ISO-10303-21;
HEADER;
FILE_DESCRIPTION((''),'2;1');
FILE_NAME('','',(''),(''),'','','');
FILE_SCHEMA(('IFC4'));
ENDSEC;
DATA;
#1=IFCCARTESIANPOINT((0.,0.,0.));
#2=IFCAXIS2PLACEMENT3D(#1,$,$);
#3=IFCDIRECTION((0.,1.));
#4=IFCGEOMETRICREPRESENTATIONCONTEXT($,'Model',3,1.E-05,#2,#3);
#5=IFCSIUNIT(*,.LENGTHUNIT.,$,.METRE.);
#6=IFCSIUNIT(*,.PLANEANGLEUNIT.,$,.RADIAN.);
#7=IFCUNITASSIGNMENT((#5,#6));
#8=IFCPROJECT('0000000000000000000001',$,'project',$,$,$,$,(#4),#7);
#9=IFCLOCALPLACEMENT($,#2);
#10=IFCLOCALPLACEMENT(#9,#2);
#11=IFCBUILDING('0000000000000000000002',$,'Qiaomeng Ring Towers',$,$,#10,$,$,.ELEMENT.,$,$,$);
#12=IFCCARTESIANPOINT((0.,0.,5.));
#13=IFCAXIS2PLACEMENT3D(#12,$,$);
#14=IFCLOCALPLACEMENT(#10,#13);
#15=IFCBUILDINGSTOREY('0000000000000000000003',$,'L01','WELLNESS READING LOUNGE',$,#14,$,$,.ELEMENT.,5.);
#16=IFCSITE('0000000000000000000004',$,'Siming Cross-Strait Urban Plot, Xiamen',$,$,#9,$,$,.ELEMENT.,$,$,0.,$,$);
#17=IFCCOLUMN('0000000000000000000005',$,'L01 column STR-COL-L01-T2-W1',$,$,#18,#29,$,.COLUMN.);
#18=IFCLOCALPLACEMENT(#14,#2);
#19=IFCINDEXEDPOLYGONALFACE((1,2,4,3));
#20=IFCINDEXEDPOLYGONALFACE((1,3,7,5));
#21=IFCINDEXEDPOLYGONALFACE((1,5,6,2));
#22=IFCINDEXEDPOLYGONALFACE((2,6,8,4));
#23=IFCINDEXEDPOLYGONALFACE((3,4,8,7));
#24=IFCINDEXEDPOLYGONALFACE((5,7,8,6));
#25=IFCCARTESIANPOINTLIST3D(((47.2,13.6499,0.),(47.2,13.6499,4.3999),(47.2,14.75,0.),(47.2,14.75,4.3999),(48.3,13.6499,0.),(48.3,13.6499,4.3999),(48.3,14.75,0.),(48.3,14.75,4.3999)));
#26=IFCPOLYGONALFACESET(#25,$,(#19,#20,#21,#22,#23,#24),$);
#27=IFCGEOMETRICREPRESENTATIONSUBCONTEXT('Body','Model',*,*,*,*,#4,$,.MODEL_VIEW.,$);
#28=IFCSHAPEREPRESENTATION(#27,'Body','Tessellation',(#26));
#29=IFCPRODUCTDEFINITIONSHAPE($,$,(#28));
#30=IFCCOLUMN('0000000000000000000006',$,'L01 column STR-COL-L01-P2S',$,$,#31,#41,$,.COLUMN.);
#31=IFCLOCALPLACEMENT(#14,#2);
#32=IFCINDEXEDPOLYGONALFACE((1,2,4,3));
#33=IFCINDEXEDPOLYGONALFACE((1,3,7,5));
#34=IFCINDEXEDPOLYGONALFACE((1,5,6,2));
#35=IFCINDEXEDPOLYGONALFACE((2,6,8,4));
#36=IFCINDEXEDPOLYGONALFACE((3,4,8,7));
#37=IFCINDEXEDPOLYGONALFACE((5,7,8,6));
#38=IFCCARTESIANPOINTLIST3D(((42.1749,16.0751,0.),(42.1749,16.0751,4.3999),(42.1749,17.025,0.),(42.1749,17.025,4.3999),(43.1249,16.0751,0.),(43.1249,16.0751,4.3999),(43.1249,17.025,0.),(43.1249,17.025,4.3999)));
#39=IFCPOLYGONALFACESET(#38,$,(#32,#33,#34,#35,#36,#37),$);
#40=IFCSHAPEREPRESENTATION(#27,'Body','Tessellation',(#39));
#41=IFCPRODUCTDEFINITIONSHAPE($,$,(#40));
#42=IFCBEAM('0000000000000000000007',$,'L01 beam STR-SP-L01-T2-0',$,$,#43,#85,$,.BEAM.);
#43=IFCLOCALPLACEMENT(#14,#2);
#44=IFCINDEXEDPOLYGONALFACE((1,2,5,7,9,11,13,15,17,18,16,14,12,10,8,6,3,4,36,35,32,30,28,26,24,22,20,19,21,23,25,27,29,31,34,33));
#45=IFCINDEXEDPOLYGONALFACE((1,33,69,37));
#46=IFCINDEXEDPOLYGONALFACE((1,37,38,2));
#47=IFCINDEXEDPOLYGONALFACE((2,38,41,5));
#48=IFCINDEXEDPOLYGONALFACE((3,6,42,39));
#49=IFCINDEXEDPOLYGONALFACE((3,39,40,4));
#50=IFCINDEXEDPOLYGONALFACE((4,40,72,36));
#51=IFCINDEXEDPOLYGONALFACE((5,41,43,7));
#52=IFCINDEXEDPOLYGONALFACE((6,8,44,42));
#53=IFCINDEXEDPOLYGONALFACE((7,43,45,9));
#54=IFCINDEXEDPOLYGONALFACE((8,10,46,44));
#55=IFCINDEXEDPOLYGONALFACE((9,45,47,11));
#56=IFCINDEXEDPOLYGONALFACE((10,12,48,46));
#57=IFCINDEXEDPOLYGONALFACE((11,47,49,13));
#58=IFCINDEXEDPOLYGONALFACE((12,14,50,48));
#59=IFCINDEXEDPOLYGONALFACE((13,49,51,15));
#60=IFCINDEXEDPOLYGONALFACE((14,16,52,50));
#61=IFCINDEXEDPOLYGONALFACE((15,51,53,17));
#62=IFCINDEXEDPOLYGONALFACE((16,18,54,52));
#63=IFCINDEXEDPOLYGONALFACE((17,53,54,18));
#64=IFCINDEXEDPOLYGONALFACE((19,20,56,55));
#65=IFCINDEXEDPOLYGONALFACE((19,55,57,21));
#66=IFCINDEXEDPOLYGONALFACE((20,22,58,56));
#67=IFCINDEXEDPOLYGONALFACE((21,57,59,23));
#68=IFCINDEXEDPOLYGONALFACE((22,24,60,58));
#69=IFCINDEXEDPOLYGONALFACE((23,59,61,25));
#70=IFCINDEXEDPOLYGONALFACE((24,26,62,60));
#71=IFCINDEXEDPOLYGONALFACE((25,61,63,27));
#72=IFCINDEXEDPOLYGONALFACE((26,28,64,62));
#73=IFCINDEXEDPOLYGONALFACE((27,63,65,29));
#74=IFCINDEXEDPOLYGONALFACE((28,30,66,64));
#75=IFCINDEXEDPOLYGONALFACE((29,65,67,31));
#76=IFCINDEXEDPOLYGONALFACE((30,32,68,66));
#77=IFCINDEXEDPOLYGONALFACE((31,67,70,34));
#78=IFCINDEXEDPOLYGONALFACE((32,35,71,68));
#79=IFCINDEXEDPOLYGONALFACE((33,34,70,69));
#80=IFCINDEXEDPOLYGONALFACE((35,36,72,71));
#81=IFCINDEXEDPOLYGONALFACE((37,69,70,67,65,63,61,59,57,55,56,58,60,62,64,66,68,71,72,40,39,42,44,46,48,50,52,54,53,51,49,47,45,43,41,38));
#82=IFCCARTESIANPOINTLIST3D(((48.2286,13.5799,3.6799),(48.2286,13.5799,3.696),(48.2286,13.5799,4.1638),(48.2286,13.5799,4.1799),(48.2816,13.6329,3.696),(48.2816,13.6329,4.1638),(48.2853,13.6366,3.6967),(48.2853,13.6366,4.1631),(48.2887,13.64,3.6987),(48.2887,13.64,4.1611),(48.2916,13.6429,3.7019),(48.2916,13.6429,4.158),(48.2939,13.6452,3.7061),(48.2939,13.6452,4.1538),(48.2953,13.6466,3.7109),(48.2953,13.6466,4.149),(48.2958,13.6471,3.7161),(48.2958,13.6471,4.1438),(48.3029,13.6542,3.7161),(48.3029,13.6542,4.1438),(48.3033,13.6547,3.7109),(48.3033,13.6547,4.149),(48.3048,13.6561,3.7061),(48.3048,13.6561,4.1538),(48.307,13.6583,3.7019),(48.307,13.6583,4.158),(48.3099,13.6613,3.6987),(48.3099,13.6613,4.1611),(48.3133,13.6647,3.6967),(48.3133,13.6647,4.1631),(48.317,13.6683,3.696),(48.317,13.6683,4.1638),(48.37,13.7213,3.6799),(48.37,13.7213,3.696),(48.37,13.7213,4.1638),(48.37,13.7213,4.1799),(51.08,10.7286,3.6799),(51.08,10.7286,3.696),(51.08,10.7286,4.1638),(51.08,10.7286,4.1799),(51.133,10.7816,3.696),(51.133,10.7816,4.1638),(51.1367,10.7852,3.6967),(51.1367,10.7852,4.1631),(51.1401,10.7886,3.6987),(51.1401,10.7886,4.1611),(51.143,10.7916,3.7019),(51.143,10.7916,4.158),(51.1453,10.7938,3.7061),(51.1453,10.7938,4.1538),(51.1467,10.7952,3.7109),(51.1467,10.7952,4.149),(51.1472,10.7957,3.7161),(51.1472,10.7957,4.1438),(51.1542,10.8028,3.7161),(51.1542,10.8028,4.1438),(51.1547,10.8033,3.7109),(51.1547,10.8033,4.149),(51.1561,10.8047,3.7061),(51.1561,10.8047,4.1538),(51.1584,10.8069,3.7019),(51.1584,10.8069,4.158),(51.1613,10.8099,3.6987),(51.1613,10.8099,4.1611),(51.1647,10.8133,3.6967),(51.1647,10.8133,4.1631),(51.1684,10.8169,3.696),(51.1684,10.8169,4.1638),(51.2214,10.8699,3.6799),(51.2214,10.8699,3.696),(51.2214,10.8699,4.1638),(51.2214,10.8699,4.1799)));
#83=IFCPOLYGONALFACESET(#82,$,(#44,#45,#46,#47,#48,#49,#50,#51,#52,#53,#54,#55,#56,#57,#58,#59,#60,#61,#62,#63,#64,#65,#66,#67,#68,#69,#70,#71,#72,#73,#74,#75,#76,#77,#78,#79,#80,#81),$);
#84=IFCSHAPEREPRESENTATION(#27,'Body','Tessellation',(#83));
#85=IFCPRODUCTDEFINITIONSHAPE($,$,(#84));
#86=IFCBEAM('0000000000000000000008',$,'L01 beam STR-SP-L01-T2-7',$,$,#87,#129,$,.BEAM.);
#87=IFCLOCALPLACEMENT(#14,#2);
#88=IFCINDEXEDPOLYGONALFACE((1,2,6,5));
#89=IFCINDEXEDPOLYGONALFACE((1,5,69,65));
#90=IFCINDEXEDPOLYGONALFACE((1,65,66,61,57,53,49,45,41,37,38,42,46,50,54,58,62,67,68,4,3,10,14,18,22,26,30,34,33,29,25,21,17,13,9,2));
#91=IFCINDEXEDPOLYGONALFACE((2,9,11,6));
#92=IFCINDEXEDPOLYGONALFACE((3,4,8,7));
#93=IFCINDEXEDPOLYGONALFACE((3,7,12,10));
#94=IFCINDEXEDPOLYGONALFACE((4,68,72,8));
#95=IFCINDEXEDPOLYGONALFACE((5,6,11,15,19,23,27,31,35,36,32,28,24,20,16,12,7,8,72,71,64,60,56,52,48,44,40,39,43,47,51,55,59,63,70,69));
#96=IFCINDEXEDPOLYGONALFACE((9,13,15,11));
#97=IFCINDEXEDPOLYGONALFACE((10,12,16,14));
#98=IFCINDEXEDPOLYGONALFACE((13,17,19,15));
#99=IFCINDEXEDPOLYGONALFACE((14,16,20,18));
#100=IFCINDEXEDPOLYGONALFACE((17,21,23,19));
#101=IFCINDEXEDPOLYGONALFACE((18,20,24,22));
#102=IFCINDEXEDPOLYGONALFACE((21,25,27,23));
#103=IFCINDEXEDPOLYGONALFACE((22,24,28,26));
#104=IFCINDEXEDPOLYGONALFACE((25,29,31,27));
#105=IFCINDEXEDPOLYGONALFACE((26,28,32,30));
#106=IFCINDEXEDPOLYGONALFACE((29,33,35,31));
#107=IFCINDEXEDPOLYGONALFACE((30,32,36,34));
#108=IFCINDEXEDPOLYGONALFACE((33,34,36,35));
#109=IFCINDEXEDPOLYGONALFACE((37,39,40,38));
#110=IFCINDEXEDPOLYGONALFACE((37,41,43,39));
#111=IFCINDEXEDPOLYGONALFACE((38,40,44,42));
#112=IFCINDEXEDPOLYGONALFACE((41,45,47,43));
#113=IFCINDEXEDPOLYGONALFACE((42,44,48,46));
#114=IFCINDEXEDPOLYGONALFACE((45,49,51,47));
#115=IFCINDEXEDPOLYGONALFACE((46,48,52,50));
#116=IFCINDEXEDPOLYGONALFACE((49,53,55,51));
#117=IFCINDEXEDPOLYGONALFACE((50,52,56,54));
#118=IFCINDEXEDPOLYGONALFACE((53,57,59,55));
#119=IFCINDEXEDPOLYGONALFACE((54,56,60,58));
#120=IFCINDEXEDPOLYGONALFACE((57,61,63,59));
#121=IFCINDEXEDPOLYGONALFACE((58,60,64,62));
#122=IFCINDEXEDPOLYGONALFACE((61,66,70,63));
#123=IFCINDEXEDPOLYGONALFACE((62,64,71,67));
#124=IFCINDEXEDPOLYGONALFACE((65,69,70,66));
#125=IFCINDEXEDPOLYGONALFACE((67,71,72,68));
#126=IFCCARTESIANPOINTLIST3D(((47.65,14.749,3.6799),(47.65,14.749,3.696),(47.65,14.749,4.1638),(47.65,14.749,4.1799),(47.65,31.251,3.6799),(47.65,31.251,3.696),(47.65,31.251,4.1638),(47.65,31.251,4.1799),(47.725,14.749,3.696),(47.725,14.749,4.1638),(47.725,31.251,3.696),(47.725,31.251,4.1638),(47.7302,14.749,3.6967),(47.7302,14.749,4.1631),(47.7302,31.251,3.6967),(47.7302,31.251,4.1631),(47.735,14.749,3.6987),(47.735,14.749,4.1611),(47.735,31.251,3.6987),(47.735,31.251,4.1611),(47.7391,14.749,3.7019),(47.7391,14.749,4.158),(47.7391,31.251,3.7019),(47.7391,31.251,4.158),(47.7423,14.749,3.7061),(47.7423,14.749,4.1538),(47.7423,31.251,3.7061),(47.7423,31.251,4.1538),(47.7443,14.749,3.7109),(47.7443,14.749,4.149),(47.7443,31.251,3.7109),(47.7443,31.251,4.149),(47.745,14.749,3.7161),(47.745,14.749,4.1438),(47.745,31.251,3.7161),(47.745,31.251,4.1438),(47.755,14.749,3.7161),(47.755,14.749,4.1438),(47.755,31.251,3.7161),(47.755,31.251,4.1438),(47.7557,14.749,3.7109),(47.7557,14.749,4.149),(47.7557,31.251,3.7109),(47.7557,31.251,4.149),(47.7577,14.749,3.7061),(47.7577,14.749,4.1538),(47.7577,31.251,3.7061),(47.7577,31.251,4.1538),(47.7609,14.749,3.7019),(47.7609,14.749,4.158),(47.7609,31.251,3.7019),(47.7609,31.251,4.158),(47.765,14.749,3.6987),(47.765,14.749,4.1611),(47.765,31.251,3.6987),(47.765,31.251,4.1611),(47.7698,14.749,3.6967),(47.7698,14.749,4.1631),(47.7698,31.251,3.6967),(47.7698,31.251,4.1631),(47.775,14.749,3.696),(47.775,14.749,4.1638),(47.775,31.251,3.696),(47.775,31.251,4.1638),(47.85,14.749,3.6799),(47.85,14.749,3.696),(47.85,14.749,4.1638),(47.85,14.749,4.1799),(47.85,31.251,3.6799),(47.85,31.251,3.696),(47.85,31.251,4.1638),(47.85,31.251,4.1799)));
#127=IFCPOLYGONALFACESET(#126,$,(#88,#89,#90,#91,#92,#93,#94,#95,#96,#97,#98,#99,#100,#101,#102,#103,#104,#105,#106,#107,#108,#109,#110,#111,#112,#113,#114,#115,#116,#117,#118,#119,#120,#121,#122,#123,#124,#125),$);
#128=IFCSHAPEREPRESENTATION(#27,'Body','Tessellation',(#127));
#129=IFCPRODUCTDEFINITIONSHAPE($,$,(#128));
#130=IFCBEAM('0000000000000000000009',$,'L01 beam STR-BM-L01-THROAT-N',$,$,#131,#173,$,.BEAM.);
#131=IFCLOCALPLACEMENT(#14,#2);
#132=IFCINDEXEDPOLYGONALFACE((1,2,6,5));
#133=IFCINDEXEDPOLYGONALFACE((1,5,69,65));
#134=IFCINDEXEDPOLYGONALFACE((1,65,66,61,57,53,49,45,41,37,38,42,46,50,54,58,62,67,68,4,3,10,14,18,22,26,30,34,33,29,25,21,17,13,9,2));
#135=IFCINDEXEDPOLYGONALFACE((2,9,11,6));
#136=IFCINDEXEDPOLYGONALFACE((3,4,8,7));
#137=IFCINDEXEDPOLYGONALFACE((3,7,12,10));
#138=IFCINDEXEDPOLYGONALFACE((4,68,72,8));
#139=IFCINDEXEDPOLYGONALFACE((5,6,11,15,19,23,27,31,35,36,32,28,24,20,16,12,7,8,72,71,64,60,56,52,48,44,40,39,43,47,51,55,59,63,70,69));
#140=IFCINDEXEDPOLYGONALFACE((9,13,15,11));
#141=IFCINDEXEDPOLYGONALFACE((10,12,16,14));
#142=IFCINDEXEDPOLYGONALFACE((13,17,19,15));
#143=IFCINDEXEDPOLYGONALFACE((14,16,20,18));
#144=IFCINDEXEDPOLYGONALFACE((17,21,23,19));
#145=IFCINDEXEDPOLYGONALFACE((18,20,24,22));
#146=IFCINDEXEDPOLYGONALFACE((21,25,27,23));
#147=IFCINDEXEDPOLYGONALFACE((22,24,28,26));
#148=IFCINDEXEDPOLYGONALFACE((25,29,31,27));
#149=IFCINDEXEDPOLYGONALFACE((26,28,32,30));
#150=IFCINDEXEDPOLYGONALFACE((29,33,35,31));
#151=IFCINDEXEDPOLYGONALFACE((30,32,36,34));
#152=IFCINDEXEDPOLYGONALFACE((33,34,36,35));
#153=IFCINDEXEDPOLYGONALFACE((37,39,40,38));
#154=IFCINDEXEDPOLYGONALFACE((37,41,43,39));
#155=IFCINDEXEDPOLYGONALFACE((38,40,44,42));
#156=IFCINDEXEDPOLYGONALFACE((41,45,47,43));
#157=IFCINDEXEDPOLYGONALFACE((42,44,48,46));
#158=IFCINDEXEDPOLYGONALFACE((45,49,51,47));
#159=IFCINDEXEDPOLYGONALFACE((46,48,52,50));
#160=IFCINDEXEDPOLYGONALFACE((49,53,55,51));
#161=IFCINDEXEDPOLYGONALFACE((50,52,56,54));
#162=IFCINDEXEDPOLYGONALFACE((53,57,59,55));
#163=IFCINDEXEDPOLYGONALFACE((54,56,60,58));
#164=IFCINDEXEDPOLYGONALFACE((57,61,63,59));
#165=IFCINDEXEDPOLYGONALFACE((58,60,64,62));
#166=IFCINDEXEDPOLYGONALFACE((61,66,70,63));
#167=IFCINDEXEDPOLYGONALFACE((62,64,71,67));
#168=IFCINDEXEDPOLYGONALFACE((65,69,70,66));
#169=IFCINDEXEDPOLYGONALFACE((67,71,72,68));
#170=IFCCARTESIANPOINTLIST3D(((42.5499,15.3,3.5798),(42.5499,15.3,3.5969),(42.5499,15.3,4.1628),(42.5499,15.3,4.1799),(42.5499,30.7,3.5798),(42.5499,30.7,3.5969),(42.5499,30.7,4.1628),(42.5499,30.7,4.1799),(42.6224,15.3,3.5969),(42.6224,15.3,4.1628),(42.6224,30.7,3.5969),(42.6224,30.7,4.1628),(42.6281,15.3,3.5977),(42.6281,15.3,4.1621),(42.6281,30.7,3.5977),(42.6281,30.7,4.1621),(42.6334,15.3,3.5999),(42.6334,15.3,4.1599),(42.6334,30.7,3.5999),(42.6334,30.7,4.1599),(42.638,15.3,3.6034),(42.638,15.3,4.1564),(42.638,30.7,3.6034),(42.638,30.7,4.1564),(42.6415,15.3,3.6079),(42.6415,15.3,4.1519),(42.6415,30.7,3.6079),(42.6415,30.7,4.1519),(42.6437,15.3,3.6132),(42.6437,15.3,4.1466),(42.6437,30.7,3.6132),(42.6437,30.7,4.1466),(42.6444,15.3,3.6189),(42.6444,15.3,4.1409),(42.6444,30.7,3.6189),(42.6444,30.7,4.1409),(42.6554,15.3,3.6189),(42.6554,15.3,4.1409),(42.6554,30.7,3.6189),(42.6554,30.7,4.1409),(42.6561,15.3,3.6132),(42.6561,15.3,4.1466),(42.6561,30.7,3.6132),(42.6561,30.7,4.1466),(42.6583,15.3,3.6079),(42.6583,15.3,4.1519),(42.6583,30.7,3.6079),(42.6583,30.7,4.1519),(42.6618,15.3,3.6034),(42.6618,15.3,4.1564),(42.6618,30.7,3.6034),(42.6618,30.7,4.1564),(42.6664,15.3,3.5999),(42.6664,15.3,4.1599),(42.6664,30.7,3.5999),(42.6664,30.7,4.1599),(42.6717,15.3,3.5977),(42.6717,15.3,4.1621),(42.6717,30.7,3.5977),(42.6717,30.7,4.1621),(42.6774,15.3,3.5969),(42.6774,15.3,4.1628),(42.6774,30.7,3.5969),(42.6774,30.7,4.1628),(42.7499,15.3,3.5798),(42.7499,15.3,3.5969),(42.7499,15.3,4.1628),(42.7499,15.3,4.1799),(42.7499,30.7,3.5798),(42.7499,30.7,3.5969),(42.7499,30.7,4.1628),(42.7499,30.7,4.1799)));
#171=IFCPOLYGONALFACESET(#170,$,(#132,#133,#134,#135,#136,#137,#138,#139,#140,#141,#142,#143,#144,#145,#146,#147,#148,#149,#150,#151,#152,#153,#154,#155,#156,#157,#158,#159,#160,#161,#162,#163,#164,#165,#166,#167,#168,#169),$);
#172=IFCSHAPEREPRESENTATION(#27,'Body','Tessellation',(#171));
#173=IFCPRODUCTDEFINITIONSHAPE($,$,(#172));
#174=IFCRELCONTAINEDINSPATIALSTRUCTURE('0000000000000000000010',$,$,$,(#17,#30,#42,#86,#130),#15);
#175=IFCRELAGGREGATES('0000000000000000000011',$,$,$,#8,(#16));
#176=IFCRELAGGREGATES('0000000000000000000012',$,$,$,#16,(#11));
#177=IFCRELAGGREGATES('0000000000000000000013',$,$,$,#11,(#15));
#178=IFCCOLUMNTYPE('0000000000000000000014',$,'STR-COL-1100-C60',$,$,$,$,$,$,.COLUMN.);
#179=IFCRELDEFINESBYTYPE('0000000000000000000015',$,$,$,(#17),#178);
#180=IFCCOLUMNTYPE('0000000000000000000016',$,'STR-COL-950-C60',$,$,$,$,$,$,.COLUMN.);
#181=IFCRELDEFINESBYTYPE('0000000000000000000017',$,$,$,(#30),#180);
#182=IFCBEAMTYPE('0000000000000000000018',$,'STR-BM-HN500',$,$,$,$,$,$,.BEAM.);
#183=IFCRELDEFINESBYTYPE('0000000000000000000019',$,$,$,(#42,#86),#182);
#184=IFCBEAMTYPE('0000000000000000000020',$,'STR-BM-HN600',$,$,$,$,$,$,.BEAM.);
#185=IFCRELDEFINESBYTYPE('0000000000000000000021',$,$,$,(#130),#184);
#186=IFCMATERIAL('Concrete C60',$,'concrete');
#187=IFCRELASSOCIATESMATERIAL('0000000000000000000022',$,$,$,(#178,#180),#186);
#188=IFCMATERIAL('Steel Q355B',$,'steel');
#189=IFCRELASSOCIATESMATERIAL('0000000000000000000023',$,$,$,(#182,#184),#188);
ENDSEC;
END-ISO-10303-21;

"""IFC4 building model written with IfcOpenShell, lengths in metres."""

from ifc_helpers import new_model, si_unit, direction, frame, origin, origin_2d, place, context, subcontext, project, spatial, rectangle, i_section, extrude, source, transform, mapped, material, material_profile, profile_set, type_object, element, save


model = new_model("IFC4")

# Units and contexts
model_context = context("Model", 3, precision=1e-05, world=origin(), true_north=direction((0.0, 1.0)))
body_context = subcontext(model_context, "Body", "Model", "MODEL_VIEW")
ifc_project = project(units=[si_unit("LENGTHUNIT", "METRE"), si_unit("PLANEANGLEUNIT", "RADIAN")], contexts=[model_context])

# Site, building, storey
site_placement = place(None, origin())
site = spatial("IfcSite", under=ifc_project, at=site_placement, Name="Siming Cross-Strait Urban Plot, Xiamen", CompositionType="ELEMENT", RefElevation=0.0)
building_placement = place(site_placement, origin())
building = spatial("IfcBuilding", under=site, at=building_placement, Name="Qiaomeng Ring Towers", CompositionType="ELEMENT")
storey_placement = place(building_placement, frame((0.0, 0.0, 5.0)))
storey = spatial("IfcBuildingStorey", under=building, at=storey_placement, Name="L01", Description="WELLNESS READING LOUNGE", CompositionType="ELEMENT", Elevation=5.0)

# Columns
ifc_material_1 = material(Name="Concrete C60", Category="concrete")
ifc_material_profile_1 = material_profile(ifc_material_1, rectangle(XDim=1.1001, YDim=1.1001, at=origin_2d()), Name="RC COL 1100x1100")
ifc_profile_set_1 = profile_set([ifc_material_profile_1], Name="Concrete C60")
column_type_1 = type_object("IfcColumnType", Name="STR-COL-1100-C60", PredefinedType="COLUMN", material=ifc_profile_set_1)
shared_shape_1 = source(origin(), body_context, "Body", "SweptSolid", [
    extrude(rectangle(XDim=1.1001, YDim=1.1001, at=origin_2d()), origin(), (0.0, 0.0, 1.0), 4.3999),
])
column_1_placement = place(storey_placement, frame((47.75, 14.2, 0.0), z_axis=(0.0, 0.0, 1.0), x_axis=(1.0, 0.0, 0.0)))
element("IfcColumn", 1, at=column_1_placement, inside=storey, type_object=column_type_1, Name="L01 column STR-COL-L01-T2-W1", PredefinedType="COLUMN", context=body_context, shape_type="MappedRepresentation", body=[
    mapped(shared_shape_1, transform((0.0, 0.0, 0.0), x_axis=(1.0, 0.0, 0.0), y_axis=(0.0, 1.0, 0.0), z_axis=(0.0, 0.0, 1.0), scale=1.0)),
])
ifc_material_profile_2 = material_profile(ifc_material_1, rectangle(XDim=0.95, YDim=0.95, at=origin_2d()), Name="RC COL 950x950")
ifc_profile_set_2 = profile_set([ifc_material_profile_2], Name="Concrete C60")
column_type_2 = type_object("IfcColumnType", Name="STR-COL-950-C60", PredefinedType="COLUMN", material=ifc_profile_set_2)
shared_shape_2 = source(origin(), body_context, "Body", "SweptSolid", [
    extrude(rectangle(XDim=0.95, YDim=0.95, at=origin_2d()), origin(), (0.0, 0.0, 1.0), 4.3999),
])
column_2_placement = place(storey_placement, frame((42.6499, 16.55, 0.0), z_axis=(0.0, 0.0, 1.0), x_axis=(1.0, 0.0, 0.0)))
element("IfcColumn", 2, at=column_2_placement, inside=storey, type_object=column_type_2, Name="L01 column STR-COL-L01-P2S", PredefinedType="COLUMN", context=body_context, shape_type="MappedRepresentation", body=[
    mapped(shared_shape_2, transform((0.0, 0.0, 0.0), x_axis=(1.0, 0.0, 0.0), y_axis=(0.0, 1.0, 0.0), z_axis=(0.0, 0.0, 1.0), scale=1.0)),
])

# Beams
ifc_material_2 = material(Name="Steel Q355B", Category="steel")
ifc_material_profile_3 = material_profile(ifc_material_2, i_section(OverallWidth=0.2, OverallDepth=0.5, WebThickness=0.01, FlangeThickness=0.0161, FilletRadius=0.02, at=origin_2d()), Name="HN 500x200x10x16")
ifc_profile_set_3 = profile_set([ifc_material_profile_3], Name="Steel Q355B")
beam_type_1 = type_object("IfcBeamType", Name="STR-BM-HN500", PredefinedType="BEAM", material=ifc_profile_set_3)
shared_shape_3 = source(origin(), body_context, "Body", "SweptSolid", [
    extrude(i_section(OverallWidth=0.2, OverallDepth=0.5, WebThickness=0.01, FlangeThickness=0.0161, FilletRadius=0.02, at=origin_2d()), origin(), (0.0, 0.0, 1.0), 4.0325),
])
beam_1_placement = place(storey_placement, frame((48.2993, 13.6506, 3.9299), z_axis=(0.707107, -0.707107, 0.0), x_axis=(0.707107, 0.707107, 0.0)))
element("IfcBeam", 3, at=beam_1_placement, inside=storey, type_object=beam_type_1, Name="L01 beam STR-SP-L01-T2-0", PredefinedType="BEAM", context=body_context, shape_type="MappedRepresentation", body=[
    mapped(shared_shape_3, transform((0.0, 0.0, 0.0), x_axis=(1.0, 0.0, 0.0), y_axis=(0.0, 1.0, 0.0), z_axis=(0.0, 0.0, 1.0), scale=1.0)),
])
shared_shape_4 = source(origin(), body_context, "Body", "SweptSolid", [
    extrude(i_section(OverallWidth=0.2, OverallDepth=0.5, WebThickness=0.01, FlangeThickness=0.0161, FilletRadius=0.02, at=origin_2d()), origin(), (0.0, 0.0, 1.0), 16.502),
])
beam_2_placement = place(storey_placement, frame((47.75, 14.749, 3.9299), z_axis=(0.0, 1.0, 0.0), x_axis=(-1.0, 0.0, 0.0)))
element("IfcBeam", 4, at=beam_2_placement, inside=storey, type_object=beam_type_1, Name="L01 beam STR-SP-L01-T2-7", PredefinedType="BEAM", context=body_context, shape_type="MappedRepresentation", body=[
    mapped(shared_shape_4, transform((0.0, 0.0, 0.0), x_axis=(1.0, 0.0, 0.0), y_axis=(0.0, 1.0, 0.0), z_axis=(0.0, 0.0, 1.0), scale=1.0)),
])
ifc_material_profile_4 = material_profile(ifc_material_2, i_section(OverallWidth=0.2, OverallDepth=0.6001, WebThickness=0.011, FlangeThickness=0.0171, FilletRadius=0.022, at=origin_2d()), Name="HN 600x200x11x17")
ifc_profile_set_4 = profile_set([ifc_material_profile_4], Name="Steel Q355B")
beam_type_2 = type_object("IfcBeamType", Name="STR-BM-HN600", PredefinedType="BEAM", material=ifc_profile_set_4)
shared_shape_5 = source(origin(), body_context, "Body", "SweptSolid", [
    extrude(i_section(OverallWidth=0.2, OverallDepth=0.6001, WebThickness=0.011, FlangeThickness=0.0171, FilletRadius=0.022, at=origin_2d()), origin(), (0.0, 0.0, 1.0), 15.3999),
])
beam_3_placement = place(storey_placement, frame((42.6499, 15.3, 3.8799), z_axis=(0.0, 1.0, 0.0), x_axis=(-1.0, 0.0, 0.0)))
element("IfcBeam", 5, at=beam_3_placement, inside=storey, type_object=beam_type_2, Name="L01 beam STR-BM-L01-THROAT-N", PredefinedType="BEAM", context=body_context, shape_type="MappedRepresentation", body=[
    mapped(shared_shape_5, transform((0.0, 0.0, 0.0), x_axis=(1.0, 0.0, 0.0), y_axis=(0.0, 1.0, 0.0), z_axis=(0.0, 0.0, 1.0), scale=1.0)),
])

save(model, "model.ifc")
